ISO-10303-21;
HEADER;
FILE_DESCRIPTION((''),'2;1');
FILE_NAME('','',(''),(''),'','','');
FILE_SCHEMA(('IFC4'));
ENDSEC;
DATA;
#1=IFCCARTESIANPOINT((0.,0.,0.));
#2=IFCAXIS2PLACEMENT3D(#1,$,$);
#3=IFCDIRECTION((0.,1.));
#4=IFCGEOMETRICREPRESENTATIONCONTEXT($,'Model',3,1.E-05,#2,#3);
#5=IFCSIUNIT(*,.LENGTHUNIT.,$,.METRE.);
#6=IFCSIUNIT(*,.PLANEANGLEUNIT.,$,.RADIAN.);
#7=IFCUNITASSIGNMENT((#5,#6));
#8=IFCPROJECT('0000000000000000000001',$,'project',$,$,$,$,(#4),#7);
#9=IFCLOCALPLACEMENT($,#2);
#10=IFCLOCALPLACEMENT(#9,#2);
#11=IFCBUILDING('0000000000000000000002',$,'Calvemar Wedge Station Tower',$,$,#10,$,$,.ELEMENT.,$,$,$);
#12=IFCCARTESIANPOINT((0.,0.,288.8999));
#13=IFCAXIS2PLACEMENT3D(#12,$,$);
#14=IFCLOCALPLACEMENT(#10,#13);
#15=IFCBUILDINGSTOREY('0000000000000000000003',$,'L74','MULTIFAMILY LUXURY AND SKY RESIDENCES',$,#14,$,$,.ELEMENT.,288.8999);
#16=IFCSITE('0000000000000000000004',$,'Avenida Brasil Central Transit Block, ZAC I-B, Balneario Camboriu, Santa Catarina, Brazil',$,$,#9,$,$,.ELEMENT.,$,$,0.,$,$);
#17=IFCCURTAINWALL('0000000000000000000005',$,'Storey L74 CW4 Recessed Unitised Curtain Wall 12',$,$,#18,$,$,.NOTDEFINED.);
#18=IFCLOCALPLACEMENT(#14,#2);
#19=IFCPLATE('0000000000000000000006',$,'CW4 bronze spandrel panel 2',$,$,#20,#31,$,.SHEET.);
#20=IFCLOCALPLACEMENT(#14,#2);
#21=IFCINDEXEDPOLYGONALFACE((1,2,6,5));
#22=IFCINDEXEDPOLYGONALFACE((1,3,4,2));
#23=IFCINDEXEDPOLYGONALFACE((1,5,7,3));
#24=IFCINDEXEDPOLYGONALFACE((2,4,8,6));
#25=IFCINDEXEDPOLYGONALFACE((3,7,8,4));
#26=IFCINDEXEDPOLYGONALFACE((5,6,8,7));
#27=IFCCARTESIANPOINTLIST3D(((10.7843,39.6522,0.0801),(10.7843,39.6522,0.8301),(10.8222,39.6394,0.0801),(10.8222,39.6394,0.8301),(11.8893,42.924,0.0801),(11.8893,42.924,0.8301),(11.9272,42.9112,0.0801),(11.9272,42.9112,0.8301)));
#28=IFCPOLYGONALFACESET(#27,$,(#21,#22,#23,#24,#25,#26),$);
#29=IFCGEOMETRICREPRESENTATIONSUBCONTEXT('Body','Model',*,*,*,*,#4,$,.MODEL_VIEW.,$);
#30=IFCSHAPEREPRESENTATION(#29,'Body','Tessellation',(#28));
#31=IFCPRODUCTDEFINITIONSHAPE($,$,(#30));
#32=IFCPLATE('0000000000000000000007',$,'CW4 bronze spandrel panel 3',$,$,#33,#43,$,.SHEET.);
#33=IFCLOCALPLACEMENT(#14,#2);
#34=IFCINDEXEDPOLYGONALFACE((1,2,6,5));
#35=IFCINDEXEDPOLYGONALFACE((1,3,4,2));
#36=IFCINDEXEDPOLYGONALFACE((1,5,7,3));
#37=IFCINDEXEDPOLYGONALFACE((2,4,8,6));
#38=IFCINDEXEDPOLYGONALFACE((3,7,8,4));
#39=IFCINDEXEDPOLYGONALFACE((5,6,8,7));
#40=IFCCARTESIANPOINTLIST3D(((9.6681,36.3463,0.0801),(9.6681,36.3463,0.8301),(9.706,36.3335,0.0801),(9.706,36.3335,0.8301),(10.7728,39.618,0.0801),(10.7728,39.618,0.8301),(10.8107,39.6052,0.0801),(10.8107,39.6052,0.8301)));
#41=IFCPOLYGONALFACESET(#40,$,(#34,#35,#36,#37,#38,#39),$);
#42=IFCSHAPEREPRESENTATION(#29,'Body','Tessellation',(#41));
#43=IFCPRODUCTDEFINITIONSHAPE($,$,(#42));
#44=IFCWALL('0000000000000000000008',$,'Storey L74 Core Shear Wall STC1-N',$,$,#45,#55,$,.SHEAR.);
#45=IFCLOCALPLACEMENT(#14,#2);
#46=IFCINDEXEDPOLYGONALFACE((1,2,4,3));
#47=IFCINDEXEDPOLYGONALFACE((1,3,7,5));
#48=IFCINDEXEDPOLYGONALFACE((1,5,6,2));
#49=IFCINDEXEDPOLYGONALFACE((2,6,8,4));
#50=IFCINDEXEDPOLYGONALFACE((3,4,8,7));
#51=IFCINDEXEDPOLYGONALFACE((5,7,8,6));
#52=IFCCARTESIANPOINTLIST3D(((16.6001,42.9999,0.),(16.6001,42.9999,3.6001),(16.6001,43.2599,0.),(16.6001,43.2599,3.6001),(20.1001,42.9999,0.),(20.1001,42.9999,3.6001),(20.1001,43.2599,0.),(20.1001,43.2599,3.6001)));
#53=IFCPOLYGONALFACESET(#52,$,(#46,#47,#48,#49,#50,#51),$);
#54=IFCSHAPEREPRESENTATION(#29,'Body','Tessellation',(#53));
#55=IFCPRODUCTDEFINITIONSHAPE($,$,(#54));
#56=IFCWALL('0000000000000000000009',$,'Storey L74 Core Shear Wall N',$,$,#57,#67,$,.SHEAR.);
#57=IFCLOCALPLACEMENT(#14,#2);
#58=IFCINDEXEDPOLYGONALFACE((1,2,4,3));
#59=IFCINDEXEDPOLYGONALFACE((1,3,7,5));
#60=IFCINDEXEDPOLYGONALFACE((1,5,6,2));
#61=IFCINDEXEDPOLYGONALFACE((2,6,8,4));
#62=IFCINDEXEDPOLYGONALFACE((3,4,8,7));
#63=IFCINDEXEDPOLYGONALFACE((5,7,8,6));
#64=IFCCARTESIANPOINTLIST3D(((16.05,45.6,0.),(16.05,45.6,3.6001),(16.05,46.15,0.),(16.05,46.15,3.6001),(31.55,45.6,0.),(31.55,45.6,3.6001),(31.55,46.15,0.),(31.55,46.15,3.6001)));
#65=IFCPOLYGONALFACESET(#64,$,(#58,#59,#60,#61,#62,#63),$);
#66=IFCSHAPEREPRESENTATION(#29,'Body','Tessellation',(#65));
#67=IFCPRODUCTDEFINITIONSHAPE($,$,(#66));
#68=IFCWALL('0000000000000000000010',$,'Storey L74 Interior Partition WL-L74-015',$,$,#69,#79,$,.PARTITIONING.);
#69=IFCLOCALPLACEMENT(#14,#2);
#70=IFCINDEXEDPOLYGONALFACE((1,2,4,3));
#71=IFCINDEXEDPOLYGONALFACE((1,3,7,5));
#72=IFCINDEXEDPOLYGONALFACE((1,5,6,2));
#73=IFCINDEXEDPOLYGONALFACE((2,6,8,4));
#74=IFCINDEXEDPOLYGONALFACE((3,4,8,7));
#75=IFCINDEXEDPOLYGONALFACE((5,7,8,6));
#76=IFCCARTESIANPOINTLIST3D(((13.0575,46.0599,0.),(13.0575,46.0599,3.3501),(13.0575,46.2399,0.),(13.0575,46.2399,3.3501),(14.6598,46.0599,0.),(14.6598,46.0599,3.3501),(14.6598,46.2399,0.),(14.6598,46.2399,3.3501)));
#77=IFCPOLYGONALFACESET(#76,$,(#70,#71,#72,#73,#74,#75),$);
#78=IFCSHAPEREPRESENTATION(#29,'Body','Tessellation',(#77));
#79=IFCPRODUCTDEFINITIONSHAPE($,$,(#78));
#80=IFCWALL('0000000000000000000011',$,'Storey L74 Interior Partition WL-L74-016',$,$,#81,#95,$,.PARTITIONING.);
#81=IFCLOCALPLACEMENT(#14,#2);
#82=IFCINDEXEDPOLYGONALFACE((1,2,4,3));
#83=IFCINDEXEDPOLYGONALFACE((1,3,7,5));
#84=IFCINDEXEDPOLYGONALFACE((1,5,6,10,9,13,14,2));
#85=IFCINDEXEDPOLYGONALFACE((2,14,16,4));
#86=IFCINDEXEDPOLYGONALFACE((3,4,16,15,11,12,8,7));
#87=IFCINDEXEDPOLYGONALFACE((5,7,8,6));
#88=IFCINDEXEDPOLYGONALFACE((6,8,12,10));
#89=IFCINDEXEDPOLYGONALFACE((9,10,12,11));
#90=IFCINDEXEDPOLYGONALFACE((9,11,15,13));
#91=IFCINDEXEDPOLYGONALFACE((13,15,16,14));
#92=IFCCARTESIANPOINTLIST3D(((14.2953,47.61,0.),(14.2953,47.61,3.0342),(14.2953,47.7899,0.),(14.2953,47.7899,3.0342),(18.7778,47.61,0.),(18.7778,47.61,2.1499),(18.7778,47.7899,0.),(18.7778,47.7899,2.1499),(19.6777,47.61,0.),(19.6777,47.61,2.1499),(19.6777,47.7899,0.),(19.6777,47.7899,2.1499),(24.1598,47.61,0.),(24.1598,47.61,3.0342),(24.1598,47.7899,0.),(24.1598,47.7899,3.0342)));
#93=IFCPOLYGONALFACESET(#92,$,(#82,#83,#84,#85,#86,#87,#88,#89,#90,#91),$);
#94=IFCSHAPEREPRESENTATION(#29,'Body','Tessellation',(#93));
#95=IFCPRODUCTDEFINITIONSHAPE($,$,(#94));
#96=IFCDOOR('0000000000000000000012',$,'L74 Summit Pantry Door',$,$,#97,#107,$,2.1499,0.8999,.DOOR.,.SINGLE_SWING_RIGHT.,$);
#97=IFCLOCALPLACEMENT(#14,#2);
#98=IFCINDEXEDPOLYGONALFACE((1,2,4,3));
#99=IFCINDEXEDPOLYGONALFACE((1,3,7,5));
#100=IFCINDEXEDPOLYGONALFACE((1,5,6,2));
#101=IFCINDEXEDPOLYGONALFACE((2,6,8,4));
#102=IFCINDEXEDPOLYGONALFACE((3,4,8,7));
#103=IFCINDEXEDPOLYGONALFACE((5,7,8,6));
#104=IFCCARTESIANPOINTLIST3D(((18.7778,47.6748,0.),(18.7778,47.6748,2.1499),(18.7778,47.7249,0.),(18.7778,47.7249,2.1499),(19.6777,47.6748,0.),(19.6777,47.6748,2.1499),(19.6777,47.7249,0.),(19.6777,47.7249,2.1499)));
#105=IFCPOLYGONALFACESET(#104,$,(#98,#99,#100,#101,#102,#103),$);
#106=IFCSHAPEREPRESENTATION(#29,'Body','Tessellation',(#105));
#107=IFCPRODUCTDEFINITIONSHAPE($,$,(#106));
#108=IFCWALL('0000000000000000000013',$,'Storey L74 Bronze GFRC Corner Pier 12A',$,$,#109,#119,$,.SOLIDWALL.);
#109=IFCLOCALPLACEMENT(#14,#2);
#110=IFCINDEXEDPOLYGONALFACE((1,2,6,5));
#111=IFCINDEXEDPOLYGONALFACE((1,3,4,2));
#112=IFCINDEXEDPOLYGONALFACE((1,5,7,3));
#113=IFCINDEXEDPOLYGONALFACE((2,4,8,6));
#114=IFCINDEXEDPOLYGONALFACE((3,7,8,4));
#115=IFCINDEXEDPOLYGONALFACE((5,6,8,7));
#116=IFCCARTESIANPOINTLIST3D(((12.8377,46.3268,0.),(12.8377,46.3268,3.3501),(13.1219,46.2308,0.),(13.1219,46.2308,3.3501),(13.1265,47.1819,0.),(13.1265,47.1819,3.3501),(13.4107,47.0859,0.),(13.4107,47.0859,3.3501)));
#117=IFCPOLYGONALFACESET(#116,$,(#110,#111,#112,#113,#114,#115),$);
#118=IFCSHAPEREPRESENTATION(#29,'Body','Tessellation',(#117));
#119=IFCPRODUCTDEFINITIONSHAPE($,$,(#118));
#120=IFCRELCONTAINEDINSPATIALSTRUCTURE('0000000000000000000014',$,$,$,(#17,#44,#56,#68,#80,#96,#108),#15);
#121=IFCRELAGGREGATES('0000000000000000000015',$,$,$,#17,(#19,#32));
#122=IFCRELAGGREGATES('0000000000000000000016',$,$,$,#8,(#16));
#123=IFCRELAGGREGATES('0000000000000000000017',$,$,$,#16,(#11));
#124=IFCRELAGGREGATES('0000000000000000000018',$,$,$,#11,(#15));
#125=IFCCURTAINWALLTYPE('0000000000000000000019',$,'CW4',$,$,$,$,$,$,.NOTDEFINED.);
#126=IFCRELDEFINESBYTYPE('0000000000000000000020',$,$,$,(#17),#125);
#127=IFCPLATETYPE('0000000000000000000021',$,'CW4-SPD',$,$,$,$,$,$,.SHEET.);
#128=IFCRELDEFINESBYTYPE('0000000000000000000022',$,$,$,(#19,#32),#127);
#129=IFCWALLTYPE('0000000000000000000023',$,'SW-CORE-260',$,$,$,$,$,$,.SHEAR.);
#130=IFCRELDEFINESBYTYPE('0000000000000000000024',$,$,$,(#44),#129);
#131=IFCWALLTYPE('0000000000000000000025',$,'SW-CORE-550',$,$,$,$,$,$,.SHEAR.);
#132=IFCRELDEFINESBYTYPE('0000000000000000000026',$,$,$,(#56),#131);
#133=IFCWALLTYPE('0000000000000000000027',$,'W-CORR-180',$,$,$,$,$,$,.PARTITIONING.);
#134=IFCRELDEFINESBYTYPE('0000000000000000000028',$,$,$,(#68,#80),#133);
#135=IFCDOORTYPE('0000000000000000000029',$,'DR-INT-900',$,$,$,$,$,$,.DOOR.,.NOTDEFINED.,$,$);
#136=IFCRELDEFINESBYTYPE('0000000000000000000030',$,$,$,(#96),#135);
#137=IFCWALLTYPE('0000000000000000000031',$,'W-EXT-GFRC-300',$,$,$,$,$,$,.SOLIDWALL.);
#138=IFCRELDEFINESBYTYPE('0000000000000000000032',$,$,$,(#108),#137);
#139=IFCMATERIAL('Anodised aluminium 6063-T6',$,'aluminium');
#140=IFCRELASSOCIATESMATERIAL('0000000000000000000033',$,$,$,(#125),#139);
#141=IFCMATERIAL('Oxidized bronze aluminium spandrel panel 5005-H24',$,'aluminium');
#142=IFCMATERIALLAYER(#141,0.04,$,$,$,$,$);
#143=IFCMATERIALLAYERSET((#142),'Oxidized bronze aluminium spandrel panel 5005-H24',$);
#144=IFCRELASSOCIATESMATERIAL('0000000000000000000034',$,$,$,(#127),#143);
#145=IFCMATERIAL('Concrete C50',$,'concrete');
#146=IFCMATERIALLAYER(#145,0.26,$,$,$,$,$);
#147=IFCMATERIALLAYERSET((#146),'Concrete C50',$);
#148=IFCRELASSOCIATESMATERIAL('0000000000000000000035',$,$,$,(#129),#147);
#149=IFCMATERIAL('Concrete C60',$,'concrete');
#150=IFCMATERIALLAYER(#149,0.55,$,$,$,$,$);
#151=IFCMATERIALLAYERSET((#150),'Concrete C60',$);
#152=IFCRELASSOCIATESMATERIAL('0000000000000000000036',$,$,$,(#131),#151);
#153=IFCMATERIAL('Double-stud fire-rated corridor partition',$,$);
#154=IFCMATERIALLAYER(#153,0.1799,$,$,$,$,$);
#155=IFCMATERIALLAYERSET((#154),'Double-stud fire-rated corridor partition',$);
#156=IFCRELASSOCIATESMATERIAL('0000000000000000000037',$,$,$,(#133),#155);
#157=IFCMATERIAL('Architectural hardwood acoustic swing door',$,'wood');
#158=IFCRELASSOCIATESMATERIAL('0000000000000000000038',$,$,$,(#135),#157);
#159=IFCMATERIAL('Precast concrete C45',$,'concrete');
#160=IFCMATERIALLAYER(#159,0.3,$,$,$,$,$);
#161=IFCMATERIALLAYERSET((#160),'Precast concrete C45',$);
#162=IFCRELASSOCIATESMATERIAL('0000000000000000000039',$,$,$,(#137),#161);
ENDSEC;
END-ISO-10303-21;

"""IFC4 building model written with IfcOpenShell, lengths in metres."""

from ifc_helpers import new_model, si_unit, direction, frame, frame_2d, origin, place, context, subcontext, project, spatial, rectangle, extrude, source, transform, mapped, material, layer, layer_set, type_object, element, fill, aggregate, save


model = new_model("IFC4")

# Units and contexts
model_context = context("Model", 3, precision=1e-05, world=origin(), true_north=direction((0.0, 1.0)))
body_context = subcontext(model_context, "Body", "Model", "MODEL_VIEW")
ifc_project = project(units=[si_unit("LENGTHUNIT", "METRE"), si_unit("PLANEANGLEUNIT", "RADIAN")], contexts=[model_context])

# Site, building, storey
site_placement = place(None, origin())
site = spatial("IfcSite", under=ifc_project, at=site_placement, Name="Avenida Brasil Central Transit Block, ZAC I-B, Balneario Camboriu, Santa Catarina, Brazil", CompositionType="ELEMENT", RefElevation=0.0)
building_placement = place(site_placement, origin())
building = spatial("IfcBuilding", under=site, at=building_placement, Name="Calvemar Wedge Station Tower", CompositionType="ELEMENT")
storey_placement = place(building_placement, frame((0.0, 0.0, 288.8999)))
storey = spatial("IfcBuildingStorey", under=building, at=storey_placement, Name="L74", Description="MULTIFAMILY LUXURY AND SKY RESIDENCES", CompositionType="ELEMENT", Elevation=288.8999)

# Shared definitions
ifc_material_1 = material(Name="Concrete C50", Category="concrete")

# Curtain wall, plates
ifc_material_2 = material(Name="Anodised aluminium 6063-T6", Category="aluminium")
curtain_wall_type = type_object("IfcCurtainWallType", Name="CW4", PredefinedType="NOTDEFINED", material=ifc_material_2)
curtain_wall_placement = place(storey_placement, origin())
curtain_wall = element("IfcCurtainWall", 1, at=curtain_wall_placement, inside=storey, type_object=curtain_wall_type, Name="Storey L74 CW4 Recessed Unitised Curtain Wall 12", PredefinedType="NOTDEFINED")
ifc_material_3 = material(Name="Oxidized bronze aluminium spandrel panel 5005-H24", Category="aluminium")
ifc_layer_1 = layer(ifc_material_3, 0.04)
ifc_layer_set_1 = layer_set([ifc_layer_1], Name="Oxidized bronze aluminium spandrel panel 5005-H24")
plate_type_1 = type_object("IfcPlateType", Name="CW4-SPD", PredefinedType="SHEET", material=ifc_layer_set_1)
plate_1_placement = place(storey_placement, frame((11.9082, 42.9175, 0.0801), z_axis=(0.0, 0.0, 1.0), x_axis=(-0.319979, -0.947425, 0.0)))
plate_1 = element("IfcPlate", 2, at=plate_1_placement, type_object=plate_type_1, Name="CW4 bronze spandrel panel 2", PredefinedType="SHEET", context=body_context, shape_type="SweptSolid", body=[
    extrude(rectangle(XDim=3.4534, YDim=0.04, at=frame_2d((1.7266, 0.0))), origin(), (0.0, 0.0, 1.0), 0.75),
])
plate_2_placement = place(storey_placement, frame((10.7917, 39.6116, 0.0801), z_axis=(0.0, 0.0, 1.0), x_axis=(-0.319916, -0.947446, 0.0)))
plate_2 = element("IfcPlate", 3, at=plate_2_placement, type_object=plate_type_1, Name="CW4 bronze spandrel panel 3", PredefinedType="SHEET", context=body_context, shape_type="SweptSolid", body=[
    extrude(rectangle(XDim=3.4531, YDim=0.04, at=frame_2d((1.7266, 0.0))), origin(), (0.0, 0.0, 1.0), 0.75),
])
aggregate(curtain_wall, [plate_1, plate_2])

# Walls
ifc_layer_2 = layer(ifc_material_1, 0.26)
ifc_layer_set_2 = layer_set([ifc_layer_2], Name="Concrete C50")
wall_type_1 = type_object("IfcWallType", Name="SW-CORE-260", PredefinedType="SHEAR", material=ifc_layer_set_2)
wall_1_placement = place(storey_placement, frame((16.6001, 43.1299, 0.0), z_axis=(0.0, 0.0, 1.0), x_axis=(1.0, 0.0, 0.0)))
element("IfcWall", 4, at=wall_1_placement, inside=storey, type_object=wall_type_1, Name="Storey L74 Core Shear Wall STC1-N", PredefinedType="SHEAR", context=body_context, shape_type="SweptSolid", body=[
    extrude(rectangle(XDim=3.5, YDim=0.26, at=frame_2d((1.75, 0.0))), origin(), (0.0, 0.0, 1.0), 3.6001),
])
ifc_material_4 = material(Name="Concrete C60", Category="concrete")
ifc_layer_3 = layer(ifc_material_4, 0.55)
ifc_layer_set_3 = layer_set([ifc_layer_3], Name="Concrete C60")
wall_type_2 = type_object("IfcWallType", Name="SW-CORE-550", PredefinedType="SHEAR", material=ifc_layer_set_3)
wall_2_placement = place(storey_placement, frame((16.05, 45.875, 0.0), z_axis=(0.0, 0.0, 1.0), x_axis=(1.0, 0.0, 0.0)))
element("IfcWall", 5, at=wall_2_placement, inside=storey, type_object=wall_type_2, Name="Storey L74 Core Shear Wall N", PredefinedType="SHEAR", context=body_context, shape_type="SweptSolid", body=[
    extrude(rectangle(XDim=15.5, YDim=0.55, at=frame_2d((7.75, 0.0))), origin(), (0.0, 0.0, 1.0), 3.6001),
])
ifc_material_5 = material(Name="Double-stud fire-rated corridor partition")
ifc_layer_4 = layer(ifc_material_5, 0.1799)
ifc_layer_set_4 = layer_set([ifc_layer_4], Name="Double-stud fire-rated corridor partition")
wall_type_3 = type_object("IfcWallType", Name="W-CORR-180", PredefinedType="PARTITIONING", material=ifc_layer_set_4)
wall_3_placement = place(storey_placement, frame((14.6599, 46.1499, 0.0), z_axis=(0.0, 0.0, 1.0), x_axis=(-1.0, 0.0, 0.0)))
element("IfcWall", 6, at=wall_3_placement, inside=storey, type_object=wall_type_3, Name="Storey L74 Interior Partition WL-L74-015", PredefinedType="PARTITIONING", context=body_context, shape_type="SweptSolid", body=[
    extrude(rectangle(XDim=1.6023, YDim=0.1799, at=frame_2d((0.8013, 0.0))), origin(), (0.0, 0.0, 1.0), 3.3501),
])

# Wall, opening, door
wall_4_placement = place(storey_placement, frame((14.2954, 47.7, 0.0), z_axis=(0.0, 0.0, 1.0), x_axis=(1.0, 0.0, 0.0)))
wall_4 = element("IfcWall", 7, at=wall_4_placement, inside=storey, type_object=wall_type_3, Name="Storey L74 Interior Partition WL-L74-016", PredefinedType="PARTITIONING", context=body_context, shape_type="SweptSolid", body=[
    extrude(rectangle(XDim=9.8645, YDim=0.1799, at=frame_2d((4.9321, 0.0))), origin(), (0.0, 0.0, 1.0), 3.0342),
])
shared_shape_1 = source(origin(), body_context, "Body", "SweptSolid", [
    extrude(rectangle(XDim=0.8999, YDim=2.1499, at=frame_2d((0.45, 1.075))), frame((0.0, 0.1001, 0.0), z_axis=(0.0, -1.0, 0.0), x_axis=(1.0, 0.0, 0.0)), (0.0, 0.0, 1.0), 0.2),
])
opening_placement = place(wall_4_placement, frame((4.4824, 0.0, 0.0)))
opening = element("IfcOpeningElement", 8, at=opening_placement, cuts=wall_4, PredefinedType="OPENING", context=body_context, shape_type="MappedRepresentation", body=[
    mapped(shared_shape_1, transform((0.0, 0.0, 0.0), scale=1.0)),
])
ifc_material_6 = material(Name="Architectural hardwood acoustic swing door", Category="wood")
door_type = type_object("IfcDoorType", Name="DR-INT-900", OperationType="NOTDEFINED", PredefinedType="DOOR", material=ifc_material_6)
shared_shape_2 = source(origin(), body_context, "Body", "SweptSolid", [
    extrude(rectangle(XDim=0.8999, YDim=2.1499, at=frame_2d((0.45, 1.075))), frame((0.0, 0.0249, 0.0), z_axis=(0.0, -1.0, 0.0), x_axis=(1.0, 0.0, 0.0)), (0.0, 0.0, 1.0), 0.05),
])
door_placement = place(opening_placement, origin())
door = element("IfcDoor", 9, at=door_placement, inside=storey, type_object=door_type, Name="L74 Summit Pantry Door", OperationType="SINGLE_SWING_RIGHT", OverallHeight=2.1499, OverallWidth=0.8999, PredefinedType="DOOR", context=body_context, shape_type="MappedRepresentation", body=[
    mapped(shared_shape_2, transform((0.0, 0.0, 0.0), scale=1.0)),
])
fill(opening, door)

# Wall
ifc_material_7 = material(Name="Precast concrete C45", Category="concrete")
ifc_layer_5 = layer(ifc_material_7, 0.3)
ifc_layer_set_5 = layer_set([ifc_layer_5], Name="Precast concrete C45")
wall_type_4 = type_object("IfcWallType", Name="W-EXT-GFRC-300", PredefinedType="SOLIDWALL", material=ifc_layer_set_5)
wall_5_placement = place(storey_placement, frame((13.2686, 47.1338, 0.0), z_axis=(0.0, 0.0, 1.0), x_axis=(-0.319958, -0.947432, 0.0)))
element("IfcWall", 10, at=wall_5_placement, inside=storey, type_object=wall_type_4, Name="Storey L74 Bronze GFRC Corner Pier 12A", PredefinedType="SOLIDWALL", context=body_context, shape_type="SweptSolid", body=[
    extrude(rectangle(XDim=0.9026, YDim=0.3, at=frame_2d((0.4512, 0.0))), origin(), (0.0, 0.0, 1.0), 3.3501),
])

save(model, "model.ifc")
